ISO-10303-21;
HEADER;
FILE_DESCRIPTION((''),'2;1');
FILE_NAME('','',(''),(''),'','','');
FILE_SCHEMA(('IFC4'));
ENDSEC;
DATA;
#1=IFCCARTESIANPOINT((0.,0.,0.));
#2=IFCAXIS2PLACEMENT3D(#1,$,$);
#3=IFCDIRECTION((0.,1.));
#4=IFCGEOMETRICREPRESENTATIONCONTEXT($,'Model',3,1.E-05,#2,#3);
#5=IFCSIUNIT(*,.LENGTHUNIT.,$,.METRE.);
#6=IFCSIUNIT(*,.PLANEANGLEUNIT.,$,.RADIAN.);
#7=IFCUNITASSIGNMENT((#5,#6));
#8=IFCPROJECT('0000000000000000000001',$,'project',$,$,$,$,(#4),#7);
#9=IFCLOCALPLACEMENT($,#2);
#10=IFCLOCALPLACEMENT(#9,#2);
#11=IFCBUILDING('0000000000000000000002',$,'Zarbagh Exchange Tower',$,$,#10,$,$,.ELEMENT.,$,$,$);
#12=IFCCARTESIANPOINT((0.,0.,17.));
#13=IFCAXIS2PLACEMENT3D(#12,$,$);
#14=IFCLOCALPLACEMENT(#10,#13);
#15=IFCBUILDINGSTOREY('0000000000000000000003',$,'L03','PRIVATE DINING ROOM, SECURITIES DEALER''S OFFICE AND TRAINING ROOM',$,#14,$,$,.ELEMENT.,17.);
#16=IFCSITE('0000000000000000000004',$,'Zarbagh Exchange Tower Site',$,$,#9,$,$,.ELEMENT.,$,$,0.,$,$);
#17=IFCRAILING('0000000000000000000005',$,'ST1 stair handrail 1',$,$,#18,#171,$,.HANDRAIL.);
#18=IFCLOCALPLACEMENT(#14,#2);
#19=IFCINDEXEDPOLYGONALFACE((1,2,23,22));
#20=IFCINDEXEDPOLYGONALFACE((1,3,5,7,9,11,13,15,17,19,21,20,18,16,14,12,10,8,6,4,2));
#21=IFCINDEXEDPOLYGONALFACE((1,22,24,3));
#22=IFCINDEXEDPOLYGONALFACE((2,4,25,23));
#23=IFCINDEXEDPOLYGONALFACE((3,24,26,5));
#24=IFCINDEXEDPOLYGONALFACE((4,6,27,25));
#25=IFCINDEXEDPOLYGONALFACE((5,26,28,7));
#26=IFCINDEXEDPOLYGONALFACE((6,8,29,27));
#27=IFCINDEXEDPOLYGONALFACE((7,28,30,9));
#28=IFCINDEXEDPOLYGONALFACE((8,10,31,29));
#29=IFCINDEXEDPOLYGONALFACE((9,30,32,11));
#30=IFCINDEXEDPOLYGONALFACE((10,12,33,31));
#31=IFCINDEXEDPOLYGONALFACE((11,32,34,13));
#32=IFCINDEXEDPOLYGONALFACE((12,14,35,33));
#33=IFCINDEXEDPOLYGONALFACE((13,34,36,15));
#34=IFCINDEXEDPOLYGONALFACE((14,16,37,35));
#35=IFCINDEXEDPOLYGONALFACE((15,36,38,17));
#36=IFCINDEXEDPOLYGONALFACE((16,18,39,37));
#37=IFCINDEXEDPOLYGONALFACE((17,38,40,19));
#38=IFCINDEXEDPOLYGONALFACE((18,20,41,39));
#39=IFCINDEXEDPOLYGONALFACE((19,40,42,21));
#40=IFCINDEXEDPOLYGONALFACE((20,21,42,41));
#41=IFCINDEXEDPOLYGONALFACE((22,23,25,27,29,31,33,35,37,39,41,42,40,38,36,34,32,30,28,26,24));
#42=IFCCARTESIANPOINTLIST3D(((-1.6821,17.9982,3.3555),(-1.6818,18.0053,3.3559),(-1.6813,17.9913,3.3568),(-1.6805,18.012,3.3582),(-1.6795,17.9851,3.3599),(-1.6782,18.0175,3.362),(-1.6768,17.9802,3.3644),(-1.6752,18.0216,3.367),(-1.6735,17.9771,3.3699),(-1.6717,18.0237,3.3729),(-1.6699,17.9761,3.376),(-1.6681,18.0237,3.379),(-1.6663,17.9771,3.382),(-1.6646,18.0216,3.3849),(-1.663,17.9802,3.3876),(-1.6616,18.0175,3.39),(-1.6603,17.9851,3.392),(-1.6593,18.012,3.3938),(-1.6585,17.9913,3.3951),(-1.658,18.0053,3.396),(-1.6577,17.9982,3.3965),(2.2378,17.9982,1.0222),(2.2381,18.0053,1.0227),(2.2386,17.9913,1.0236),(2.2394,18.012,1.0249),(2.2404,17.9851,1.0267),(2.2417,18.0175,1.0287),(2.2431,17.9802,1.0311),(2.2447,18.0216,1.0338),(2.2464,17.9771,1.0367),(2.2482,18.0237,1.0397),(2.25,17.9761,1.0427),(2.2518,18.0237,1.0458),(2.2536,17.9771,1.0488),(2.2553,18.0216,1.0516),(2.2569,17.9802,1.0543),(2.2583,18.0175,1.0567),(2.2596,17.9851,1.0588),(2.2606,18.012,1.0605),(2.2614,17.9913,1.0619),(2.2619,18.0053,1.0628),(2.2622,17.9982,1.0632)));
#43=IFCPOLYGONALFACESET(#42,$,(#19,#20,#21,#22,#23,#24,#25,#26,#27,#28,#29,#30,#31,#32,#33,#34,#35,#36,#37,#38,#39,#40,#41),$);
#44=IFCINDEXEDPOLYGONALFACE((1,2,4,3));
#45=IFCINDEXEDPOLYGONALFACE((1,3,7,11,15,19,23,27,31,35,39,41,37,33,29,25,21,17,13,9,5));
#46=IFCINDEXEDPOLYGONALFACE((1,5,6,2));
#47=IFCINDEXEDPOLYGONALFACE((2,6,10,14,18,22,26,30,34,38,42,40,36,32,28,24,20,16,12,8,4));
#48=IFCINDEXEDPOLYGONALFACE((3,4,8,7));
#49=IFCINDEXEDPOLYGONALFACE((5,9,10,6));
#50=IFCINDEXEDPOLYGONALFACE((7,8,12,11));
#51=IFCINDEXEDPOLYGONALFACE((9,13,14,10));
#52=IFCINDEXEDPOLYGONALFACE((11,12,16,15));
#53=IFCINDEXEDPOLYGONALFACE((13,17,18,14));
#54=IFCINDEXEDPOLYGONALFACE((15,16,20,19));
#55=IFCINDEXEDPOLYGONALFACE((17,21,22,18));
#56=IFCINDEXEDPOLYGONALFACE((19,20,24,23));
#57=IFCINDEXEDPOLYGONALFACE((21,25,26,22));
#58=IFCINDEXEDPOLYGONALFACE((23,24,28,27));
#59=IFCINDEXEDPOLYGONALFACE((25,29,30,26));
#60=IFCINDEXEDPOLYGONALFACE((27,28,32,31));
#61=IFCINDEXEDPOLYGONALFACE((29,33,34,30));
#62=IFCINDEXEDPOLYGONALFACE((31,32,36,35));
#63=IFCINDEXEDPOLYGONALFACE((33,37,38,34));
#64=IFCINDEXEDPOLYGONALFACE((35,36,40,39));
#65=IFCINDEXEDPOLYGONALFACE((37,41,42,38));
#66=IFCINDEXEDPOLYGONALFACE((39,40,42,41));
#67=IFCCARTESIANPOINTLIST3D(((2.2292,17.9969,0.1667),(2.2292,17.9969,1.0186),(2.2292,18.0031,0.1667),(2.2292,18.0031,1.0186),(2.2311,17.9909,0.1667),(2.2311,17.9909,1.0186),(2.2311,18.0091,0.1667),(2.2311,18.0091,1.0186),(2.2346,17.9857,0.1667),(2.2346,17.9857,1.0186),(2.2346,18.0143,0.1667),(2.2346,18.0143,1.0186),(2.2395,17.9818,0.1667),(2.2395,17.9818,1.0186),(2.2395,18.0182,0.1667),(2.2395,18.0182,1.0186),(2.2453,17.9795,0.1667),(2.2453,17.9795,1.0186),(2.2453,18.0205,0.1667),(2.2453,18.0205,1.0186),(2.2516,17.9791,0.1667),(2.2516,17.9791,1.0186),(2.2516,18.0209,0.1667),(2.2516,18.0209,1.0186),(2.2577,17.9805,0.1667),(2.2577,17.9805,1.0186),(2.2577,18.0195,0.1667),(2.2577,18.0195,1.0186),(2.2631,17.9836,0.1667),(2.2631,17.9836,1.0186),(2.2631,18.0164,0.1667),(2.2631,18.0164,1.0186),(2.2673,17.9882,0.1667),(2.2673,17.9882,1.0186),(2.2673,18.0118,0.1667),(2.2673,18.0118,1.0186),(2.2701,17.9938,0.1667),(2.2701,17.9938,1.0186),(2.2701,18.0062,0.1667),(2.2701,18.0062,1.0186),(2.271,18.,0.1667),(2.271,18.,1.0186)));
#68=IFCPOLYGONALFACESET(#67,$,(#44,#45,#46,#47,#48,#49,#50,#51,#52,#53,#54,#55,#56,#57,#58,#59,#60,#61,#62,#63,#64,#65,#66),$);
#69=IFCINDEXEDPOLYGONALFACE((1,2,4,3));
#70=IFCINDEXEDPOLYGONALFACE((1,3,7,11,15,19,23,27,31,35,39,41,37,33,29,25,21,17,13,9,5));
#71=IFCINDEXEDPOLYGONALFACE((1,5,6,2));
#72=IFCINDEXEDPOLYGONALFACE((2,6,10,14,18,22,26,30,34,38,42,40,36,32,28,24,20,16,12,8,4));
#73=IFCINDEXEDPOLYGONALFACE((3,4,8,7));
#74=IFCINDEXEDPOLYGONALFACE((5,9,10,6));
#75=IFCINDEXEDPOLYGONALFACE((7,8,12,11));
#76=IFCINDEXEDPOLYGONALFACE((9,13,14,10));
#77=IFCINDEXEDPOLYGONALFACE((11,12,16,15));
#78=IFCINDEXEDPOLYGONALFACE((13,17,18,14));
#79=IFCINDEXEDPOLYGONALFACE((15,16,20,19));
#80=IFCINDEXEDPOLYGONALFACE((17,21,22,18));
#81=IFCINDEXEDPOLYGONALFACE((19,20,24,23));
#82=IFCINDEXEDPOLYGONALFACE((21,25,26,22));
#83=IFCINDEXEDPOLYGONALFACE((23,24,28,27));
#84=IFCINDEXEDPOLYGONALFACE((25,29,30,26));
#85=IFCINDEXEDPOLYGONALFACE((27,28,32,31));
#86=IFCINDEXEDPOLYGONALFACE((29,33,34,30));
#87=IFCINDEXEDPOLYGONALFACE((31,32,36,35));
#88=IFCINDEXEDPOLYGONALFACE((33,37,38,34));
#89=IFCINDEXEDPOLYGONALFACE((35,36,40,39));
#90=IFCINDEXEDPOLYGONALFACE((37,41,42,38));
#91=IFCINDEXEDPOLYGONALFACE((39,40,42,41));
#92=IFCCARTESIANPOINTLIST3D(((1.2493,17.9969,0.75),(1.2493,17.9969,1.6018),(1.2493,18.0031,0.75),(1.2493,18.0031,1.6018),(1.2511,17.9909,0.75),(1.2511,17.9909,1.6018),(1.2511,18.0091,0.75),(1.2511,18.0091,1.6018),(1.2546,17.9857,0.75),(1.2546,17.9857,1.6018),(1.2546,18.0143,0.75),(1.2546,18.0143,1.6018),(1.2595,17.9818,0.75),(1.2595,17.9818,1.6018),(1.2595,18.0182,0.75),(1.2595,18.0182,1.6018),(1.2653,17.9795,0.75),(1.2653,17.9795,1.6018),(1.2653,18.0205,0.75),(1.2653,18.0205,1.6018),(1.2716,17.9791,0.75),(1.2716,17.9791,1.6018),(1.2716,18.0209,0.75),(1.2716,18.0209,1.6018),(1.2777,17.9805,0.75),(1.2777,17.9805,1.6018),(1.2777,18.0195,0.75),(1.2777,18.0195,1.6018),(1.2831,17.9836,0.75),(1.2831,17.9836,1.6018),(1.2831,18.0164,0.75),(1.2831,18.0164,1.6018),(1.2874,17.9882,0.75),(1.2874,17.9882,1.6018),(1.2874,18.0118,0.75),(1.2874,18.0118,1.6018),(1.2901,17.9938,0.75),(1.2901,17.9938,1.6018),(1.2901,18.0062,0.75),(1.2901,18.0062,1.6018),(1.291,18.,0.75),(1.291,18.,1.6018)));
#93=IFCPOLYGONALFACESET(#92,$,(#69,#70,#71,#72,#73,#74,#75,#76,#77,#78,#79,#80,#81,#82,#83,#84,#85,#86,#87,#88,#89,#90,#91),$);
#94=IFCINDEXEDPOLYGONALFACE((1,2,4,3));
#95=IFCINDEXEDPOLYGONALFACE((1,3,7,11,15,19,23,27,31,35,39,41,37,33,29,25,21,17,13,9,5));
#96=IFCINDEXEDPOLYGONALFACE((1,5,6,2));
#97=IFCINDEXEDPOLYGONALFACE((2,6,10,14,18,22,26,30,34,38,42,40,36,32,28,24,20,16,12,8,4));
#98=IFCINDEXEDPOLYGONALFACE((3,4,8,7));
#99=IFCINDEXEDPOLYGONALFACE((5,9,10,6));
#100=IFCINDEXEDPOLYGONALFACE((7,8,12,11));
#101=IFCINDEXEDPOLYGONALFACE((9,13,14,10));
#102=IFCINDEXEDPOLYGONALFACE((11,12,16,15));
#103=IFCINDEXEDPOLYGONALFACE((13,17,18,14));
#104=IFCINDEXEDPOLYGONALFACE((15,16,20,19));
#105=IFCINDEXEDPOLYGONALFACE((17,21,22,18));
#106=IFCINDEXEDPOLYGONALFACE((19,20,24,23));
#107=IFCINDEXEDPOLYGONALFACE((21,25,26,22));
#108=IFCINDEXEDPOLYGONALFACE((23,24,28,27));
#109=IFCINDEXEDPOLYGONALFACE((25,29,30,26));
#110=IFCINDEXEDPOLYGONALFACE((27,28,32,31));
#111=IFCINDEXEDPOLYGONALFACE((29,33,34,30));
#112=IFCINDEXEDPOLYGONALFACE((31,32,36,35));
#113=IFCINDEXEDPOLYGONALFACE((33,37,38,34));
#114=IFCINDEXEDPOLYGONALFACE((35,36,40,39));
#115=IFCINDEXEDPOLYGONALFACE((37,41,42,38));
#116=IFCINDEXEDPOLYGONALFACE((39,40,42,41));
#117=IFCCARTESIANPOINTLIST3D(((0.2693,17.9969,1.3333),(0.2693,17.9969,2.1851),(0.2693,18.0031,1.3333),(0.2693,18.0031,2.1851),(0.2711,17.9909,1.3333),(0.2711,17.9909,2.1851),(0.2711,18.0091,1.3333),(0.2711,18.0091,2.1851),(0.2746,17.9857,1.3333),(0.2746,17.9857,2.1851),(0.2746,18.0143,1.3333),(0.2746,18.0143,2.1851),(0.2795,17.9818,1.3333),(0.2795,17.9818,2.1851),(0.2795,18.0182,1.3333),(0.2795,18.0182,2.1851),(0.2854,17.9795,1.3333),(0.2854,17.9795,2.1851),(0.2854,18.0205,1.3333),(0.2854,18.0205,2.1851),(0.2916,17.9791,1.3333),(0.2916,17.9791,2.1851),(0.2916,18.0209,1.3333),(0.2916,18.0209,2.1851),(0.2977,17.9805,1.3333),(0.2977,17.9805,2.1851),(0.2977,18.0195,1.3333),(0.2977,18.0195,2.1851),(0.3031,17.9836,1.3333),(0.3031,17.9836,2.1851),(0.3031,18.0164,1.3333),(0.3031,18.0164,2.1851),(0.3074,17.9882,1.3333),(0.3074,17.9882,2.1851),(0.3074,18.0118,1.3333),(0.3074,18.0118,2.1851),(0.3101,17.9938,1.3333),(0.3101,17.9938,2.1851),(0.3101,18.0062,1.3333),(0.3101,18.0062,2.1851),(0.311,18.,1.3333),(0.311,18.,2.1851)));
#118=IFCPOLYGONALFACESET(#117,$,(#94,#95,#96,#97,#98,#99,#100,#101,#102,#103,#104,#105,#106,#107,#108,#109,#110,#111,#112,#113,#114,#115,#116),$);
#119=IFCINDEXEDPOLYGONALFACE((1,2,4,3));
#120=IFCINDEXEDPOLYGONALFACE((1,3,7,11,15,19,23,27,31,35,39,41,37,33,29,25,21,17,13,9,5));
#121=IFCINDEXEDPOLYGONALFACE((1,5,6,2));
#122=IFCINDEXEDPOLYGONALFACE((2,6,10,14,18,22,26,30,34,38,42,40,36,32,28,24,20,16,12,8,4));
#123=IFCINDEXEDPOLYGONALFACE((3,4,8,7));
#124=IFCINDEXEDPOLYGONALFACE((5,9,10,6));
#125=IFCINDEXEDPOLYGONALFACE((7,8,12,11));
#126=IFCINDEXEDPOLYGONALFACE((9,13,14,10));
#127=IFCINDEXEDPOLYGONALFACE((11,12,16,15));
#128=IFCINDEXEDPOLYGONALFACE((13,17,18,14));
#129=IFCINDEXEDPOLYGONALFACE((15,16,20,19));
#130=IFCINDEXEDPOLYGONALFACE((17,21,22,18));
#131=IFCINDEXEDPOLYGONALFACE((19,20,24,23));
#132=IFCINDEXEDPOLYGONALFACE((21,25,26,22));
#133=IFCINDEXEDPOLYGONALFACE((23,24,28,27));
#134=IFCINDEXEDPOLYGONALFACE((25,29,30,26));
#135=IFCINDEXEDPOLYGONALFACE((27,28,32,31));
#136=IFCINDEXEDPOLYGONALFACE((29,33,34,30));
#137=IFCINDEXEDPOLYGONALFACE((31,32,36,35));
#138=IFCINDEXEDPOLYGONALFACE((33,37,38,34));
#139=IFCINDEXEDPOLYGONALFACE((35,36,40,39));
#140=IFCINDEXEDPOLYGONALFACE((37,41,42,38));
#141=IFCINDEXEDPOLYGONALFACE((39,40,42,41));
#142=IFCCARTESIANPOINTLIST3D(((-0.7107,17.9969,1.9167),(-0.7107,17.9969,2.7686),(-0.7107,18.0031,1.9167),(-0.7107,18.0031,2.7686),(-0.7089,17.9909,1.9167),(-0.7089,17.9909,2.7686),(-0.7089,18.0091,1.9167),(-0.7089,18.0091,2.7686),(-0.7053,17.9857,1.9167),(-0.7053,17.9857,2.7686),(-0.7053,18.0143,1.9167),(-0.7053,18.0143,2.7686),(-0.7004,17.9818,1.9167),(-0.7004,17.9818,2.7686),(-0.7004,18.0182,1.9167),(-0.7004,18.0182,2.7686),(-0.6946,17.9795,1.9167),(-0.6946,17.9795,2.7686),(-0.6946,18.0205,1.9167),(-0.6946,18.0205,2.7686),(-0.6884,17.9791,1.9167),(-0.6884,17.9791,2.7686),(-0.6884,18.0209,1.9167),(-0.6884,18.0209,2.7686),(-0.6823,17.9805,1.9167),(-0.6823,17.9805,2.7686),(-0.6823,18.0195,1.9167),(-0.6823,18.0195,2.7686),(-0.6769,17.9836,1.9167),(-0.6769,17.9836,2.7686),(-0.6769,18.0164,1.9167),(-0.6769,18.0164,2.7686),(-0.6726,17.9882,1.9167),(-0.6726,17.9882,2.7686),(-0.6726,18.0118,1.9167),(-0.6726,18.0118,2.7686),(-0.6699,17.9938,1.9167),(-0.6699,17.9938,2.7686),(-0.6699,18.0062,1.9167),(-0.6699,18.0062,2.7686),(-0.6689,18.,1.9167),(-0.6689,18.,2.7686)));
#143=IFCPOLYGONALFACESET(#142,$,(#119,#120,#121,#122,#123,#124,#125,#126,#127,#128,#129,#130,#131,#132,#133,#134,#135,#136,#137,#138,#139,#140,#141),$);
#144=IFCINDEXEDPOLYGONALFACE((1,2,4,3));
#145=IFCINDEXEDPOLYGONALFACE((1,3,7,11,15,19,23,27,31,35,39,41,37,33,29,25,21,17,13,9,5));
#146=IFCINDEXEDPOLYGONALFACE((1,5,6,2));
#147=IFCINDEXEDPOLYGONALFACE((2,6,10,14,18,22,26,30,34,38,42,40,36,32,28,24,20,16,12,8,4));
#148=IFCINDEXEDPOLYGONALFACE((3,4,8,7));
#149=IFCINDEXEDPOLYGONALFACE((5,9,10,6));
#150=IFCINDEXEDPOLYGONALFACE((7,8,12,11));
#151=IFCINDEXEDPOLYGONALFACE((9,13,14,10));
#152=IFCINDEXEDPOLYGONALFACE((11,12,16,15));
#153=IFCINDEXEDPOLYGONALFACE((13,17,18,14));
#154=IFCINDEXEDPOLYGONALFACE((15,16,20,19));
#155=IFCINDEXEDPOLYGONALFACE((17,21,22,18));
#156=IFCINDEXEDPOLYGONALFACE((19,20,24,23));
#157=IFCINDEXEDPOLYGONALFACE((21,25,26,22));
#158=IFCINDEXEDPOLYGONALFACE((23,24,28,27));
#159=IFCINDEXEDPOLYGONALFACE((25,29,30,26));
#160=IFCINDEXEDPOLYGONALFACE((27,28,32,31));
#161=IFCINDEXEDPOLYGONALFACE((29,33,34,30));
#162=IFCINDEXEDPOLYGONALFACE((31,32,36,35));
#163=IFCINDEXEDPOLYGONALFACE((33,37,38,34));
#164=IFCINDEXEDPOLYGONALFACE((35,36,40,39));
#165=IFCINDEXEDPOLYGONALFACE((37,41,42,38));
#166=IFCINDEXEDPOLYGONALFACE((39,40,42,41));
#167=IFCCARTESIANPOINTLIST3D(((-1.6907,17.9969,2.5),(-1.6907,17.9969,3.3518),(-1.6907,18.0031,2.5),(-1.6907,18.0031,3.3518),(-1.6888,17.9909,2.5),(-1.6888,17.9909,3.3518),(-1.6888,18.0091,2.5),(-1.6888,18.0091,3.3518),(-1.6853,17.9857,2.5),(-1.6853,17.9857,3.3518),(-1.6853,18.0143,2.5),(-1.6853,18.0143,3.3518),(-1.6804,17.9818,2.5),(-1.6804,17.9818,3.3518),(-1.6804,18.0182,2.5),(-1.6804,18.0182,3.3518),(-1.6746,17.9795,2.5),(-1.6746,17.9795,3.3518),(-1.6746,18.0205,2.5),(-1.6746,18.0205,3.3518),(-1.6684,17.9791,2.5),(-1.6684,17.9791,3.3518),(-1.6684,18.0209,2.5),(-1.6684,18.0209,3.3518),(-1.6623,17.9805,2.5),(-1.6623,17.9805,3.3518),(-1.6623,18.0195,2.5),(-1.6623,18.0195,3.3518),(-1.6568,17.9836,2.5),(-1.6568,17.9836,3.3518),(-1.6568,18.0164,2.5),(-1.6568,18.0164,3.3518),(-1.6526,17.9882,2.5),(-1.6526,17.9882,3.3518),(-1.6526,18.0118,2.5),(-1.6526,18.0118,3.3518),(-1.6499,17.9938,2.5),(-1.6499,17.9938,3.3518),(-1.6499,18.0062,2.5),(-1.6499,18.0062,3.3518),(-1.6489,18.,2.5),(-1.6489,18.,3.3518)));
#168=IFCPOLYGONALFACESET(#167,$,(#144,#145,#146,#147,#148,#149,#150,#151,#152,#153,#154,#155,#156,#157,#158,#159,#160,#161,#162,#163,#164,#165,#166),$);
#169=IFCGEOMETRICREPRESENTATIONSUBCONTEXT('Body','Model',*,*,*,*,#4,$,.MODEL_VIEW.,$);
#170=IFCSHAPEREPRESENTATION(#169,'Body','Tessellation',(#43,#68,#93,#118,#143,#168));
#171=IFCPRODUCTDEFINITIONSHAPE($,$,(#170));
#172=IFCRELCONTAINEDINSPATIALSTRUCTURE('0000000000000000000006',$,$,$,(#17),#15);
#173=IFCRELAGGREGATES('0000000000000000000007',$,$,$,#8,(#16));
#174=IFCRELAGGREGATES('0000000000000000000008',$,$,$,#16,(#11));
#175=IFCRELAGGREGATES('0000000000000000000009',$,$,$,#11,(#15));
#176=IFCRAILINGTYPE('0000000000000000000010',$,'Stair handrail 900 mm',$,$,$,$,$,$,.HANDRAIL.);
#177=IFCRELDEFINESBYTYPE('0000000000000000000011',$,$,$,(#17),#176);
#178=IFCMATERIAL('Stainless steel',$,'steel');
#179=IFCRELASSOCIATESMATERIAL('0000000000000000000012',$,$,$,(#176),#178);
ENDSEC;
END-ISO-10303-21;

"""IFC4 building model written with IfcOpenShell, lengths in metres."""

from ifc_helpers import new_model, si_unit, direction, frame, origin, origin_2d, place, context, subcontext, project, spatial, circle, extrude, material, type_object, element, save


model = new_model("IFC4")

# Units and contexts
model_context = context("Model", 3, precision=1e-05, world=origin(), true_north=direction((0.0, 1.0)))
body_context = subcontext(model_context, "Body", "Model", "MODEL_VIEW")
ifc_project = project(units=[si_unit("LENGTHUNIT", "METRE"), si_unit("PLANEANGLEUNIT", "RADIAN")], contexts=[model_context])

# Site, building, storey
site_placement = place(None, origin())
site = spatial("IfcSite", under=ifc_project, at=site_placement, Name="Zarbagh Exchange Tower Site", CompositionType="ELEMENT", RefElevation=0.0)
building_placement = place(site_placement, origin())
building = spatial("IfcBuilding", under=site, at=building_placement, Name="Zarbagh Exchange Tower", CompositionType="ELEMENT")
storey_placement = place(building_placement, frame((0.0, 0.0, 17.0)))
storey = spatial("IfcBuildingStorey", under=building, at=storey_placement, Name="L03", Description="PRIVATE DINING ROOM, SECURITIES DEALER'S OFFICE AND TRAINING ROOM", CompositionType="ELEMENT", Elevation=17.0)

# Shared definitions
ifc_material_1 = material(Name="Stainless steel", Category="steel")

# Railing
railing_type_1 = type_object("IfcRailingType", Name="Stair handrail 900 mm", PredefinedType="HANDRAIL", material=ifc_material_1)
for number, where, name in (
    (1, (2.25, 18.0, 0.1667), "ST1 stair handrail 1"),
):
    element("IfcRailing", number, at=place(storey_placement, frame(where)), inside=storey, type_object=railing_type_1, Name=name, PredefinedType="HANDRAIL", context=body_context, shape_type="SweptSolid", body=[
        extrude(circle(Radius=0.0239, at=origin_2d()), frame((0.0, 0.0, 0.876), z_axis=(-0.859296, 0.0, 0.511478), x_axis=(0.0, -1.0, 0.0)), (0.0, 0.0, 1.0), 4.5618),
        extrude(circle(Radius=0.021, at=origin_2d()), origin(), (0.0, 0.0, 1.0), 0.8518),
        extrude(circle(Radius=0.021, at=origin_2d()), frame((-0.98, 0.0, 0.5833)), (0.0, 0.0, 1.0), 0.8518),
        extrude(circle(Radius=0.021, at=origin_2d()), frame((-1.96, 0.0, 1.1665)), (0.0, 0.0, 1.0), 0.8518),
        extrude(circle(Radius=0.021, at=origin_2d()), frame((-2.9399, 0.0, 1.75)), (0.0, 0.0, 1.0), 0.8518),
        extrude(circle(Radius=0.021, at=origin_2d()), frame((-3.9199, 0.0, 2.3333)), (0.0, 0.0, 1.0), 0.8518),
    ])

save(model, "model.ifc")
